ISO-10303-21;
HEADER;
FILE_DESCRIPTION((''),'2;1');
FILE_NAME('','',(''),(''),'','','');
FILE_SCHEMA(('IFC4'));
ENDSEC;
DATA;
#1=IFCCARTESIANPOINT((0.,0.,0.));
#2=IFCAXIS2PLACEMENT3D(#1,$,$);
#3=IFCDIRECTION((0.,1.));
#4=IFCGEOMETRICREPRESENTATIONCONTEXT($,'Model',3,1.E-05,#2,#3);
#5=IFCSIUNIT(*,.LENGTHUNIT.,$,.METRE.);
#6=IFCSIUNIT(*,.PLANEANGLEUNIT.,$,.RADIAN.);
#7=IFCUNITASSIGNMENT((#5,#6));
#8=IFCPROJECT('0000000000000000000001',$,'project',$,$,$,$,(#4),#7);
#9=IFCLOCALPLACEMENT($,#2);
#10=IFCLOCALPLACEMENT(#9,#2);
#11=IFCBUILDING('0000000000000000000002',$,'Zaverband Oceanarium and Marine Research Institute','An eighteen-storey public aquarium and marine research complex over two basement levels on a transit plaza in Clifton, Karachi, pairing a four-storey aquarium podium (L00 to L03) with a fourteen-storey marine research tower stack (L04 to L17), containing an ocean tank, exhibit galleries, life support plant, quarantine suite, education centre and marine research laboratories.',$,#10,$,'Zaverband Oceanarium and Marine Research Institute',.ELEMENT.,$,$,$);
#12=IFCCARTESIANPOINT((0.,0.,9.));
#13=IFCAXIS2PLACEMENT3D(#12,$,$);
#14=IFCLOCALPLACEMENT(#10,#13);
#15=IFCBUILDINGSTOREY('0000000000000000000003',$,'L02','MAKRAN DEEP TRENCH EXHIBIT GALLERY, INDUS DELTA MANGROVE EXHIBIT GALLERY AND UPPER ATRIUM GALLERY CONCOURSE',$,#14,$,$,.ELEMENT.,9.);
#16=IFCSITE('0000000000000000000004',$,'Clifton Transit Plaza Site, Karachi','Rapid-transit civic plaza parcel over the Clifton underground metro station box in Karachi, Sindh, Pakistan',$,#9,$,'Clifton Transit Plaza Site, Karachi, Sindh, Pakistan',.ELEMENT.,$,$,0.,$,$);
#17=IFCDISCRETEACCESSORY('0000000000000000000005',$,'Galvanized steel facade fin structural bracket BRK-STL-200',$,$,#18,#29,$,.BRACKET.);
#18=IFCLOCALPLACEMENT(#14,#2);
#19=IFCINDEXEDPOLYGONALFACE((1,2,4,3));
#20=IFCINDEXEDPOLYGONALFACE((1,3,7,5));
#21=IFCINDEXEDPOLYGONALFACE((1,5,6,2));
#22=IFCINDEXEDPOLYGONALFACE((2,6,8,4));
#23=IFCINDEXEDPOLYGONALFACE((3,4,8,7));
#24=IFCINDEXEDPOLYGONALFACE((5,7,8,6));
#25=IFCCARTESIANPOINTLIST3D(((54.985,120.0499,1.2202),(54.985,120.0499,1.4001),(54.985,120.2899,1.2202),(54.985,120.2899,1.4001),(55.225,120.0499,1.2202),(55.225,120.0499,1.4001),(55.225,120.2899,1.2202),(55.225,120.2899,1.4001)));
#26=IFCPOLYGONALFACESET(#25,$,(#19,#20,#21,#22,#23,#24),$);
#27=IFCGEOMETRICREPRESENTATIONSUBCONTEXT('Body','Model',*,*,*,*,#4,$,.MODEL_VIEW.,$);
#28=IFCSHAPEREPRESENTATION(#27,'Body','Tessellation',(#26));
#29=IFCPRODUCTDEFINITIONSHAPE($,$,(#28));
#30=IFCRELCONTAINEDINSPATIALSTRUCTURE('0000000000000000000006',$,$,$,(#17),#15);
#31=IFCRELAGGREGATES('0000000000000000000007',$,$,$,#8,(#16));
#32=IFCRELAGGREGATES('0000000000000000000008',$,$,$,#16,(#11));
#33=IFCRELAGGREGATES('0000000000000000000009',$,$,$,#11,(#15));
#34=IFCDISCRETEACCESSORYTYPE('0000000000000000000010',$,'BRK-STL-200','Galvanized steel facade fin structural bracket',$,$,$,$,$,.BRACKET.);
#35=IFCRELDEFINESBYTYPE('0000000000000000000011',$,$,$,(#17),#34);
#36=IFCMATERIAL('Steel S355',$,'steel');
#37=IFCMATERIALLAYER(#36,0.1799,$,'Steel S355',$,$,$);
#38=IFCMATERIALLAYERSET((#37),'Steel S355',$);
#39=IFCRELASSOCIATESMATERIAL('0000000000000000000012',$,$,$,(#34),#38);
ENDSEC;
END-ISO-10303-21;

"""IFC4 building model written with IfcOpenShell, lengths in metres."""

from ifc_helpers import new_model, si_unit, direction, frame, origin, origin_2d, place, context, subcontext, project, spatial, rectangle, extrude, material, layer, layer_set, type_object, element, save


model = new_model("IFC4")

# Units and contexts
model_context = context("Model", 3, precision=1e-05, world=origin(), true_north=direction((0.0, 1.0)))
body_context = subcontext(model_context, "Body", "Model", "MODEL_VIEW")
ifc_project = project(units=[si_unit("LENGTHUNIT", "METRE"), si_unit("PLANEANGLEUNIT", "RADIAN")], contexts=[model_context])

# Site, building, storey
site_placement = place(None, origin())
site = spatial("IfcSite", under=ifc_project, at=site_placement, Name="Clifton Transit Plaza Site, Karachi", Description="Rapid-transit civic plaza parcel over the Clifton underground metro station box in Karachi, Sindh, Pakistan", LongName="Clifton Transit Plaza Site, Karachi, Sindh, Pakistan", CompositionType="ELEMENT", RefElevation=0.0)
building_placement = place(site_placement, origin())
building = spatial("IfcBuilding", under=site, at=building_placement, Name="Zaverband Oceanarium and Marine Research Institute", Description="An eighteen-storey public aquarium and marine research complex over two basement levels on a transit plaza in Clifton, Karachi, pairing a four-storey aquarium podium (L00 to L03) with a fourteen-storey marine research tower stack (L04 to L17), containing an ocean tank, exhibit galleries, life support plant, quarantine suite, education centre and marine research laboratories.", LongName="Zaverband Oceanarium and Marine Research Institute", CompositionType="ELEMENT")
storey_placement = place(building_placement, frame((0.0, 0.0, 9.0)))
storey = spatial("IfcBuildingStorey", under=building, at=storey_placement, Name="L02", Description="MAKRAN DEEP TRENCH EXHIBIT GALLERY, INDUS DELTA MANGROVE EXHIBIT GALLERY AND UPPER ATRIUM GALLERY CONCOURSE", CompositionType="ELEMENT", Elevation=9.0)

# Discrete accessory
ifc_material_1 = material(Name="Steel S355", Category="steel")
ifc_layer_1 = layer(ifc_material_1, 0.1799, Name="Steel S355")
ifc_layer_set_1 = layer_set([ifc_layer_1], Name="Steel S355")
discrete_accessory_type = type_object("IfcDiscreteAccessoryType", Name="BRK-STL-200", Description="Galvanized steel facade fin structural bracket", PredefinedType="BRACKET", material=ifc_layer_set_1)
discrete_accessory_placement = place(storey_placement, frame((55.105, 120.1699, 1.2202), z_axis=(0.0, 0.0, 1.0), x_axis=(1.0, 0.0, 0.0)))
element("IfcDiscreteAccessory", 1, at=discrete_accessory_placement, inside=storey, type_object=discrete_accessory_type, Name="Galvanized steel facade fin structural bracket BRK-STL-200", PredefinedType="BRACKET", context=body_context, shape_type="SweptSolid", body=[
    extrude(rectangle(XDim=0.24, YDim=0.24, at=origin_2d()), origin(), (0.0, 0.0, 1.0), 0.1799),
])

save(model, "model.ifc")
